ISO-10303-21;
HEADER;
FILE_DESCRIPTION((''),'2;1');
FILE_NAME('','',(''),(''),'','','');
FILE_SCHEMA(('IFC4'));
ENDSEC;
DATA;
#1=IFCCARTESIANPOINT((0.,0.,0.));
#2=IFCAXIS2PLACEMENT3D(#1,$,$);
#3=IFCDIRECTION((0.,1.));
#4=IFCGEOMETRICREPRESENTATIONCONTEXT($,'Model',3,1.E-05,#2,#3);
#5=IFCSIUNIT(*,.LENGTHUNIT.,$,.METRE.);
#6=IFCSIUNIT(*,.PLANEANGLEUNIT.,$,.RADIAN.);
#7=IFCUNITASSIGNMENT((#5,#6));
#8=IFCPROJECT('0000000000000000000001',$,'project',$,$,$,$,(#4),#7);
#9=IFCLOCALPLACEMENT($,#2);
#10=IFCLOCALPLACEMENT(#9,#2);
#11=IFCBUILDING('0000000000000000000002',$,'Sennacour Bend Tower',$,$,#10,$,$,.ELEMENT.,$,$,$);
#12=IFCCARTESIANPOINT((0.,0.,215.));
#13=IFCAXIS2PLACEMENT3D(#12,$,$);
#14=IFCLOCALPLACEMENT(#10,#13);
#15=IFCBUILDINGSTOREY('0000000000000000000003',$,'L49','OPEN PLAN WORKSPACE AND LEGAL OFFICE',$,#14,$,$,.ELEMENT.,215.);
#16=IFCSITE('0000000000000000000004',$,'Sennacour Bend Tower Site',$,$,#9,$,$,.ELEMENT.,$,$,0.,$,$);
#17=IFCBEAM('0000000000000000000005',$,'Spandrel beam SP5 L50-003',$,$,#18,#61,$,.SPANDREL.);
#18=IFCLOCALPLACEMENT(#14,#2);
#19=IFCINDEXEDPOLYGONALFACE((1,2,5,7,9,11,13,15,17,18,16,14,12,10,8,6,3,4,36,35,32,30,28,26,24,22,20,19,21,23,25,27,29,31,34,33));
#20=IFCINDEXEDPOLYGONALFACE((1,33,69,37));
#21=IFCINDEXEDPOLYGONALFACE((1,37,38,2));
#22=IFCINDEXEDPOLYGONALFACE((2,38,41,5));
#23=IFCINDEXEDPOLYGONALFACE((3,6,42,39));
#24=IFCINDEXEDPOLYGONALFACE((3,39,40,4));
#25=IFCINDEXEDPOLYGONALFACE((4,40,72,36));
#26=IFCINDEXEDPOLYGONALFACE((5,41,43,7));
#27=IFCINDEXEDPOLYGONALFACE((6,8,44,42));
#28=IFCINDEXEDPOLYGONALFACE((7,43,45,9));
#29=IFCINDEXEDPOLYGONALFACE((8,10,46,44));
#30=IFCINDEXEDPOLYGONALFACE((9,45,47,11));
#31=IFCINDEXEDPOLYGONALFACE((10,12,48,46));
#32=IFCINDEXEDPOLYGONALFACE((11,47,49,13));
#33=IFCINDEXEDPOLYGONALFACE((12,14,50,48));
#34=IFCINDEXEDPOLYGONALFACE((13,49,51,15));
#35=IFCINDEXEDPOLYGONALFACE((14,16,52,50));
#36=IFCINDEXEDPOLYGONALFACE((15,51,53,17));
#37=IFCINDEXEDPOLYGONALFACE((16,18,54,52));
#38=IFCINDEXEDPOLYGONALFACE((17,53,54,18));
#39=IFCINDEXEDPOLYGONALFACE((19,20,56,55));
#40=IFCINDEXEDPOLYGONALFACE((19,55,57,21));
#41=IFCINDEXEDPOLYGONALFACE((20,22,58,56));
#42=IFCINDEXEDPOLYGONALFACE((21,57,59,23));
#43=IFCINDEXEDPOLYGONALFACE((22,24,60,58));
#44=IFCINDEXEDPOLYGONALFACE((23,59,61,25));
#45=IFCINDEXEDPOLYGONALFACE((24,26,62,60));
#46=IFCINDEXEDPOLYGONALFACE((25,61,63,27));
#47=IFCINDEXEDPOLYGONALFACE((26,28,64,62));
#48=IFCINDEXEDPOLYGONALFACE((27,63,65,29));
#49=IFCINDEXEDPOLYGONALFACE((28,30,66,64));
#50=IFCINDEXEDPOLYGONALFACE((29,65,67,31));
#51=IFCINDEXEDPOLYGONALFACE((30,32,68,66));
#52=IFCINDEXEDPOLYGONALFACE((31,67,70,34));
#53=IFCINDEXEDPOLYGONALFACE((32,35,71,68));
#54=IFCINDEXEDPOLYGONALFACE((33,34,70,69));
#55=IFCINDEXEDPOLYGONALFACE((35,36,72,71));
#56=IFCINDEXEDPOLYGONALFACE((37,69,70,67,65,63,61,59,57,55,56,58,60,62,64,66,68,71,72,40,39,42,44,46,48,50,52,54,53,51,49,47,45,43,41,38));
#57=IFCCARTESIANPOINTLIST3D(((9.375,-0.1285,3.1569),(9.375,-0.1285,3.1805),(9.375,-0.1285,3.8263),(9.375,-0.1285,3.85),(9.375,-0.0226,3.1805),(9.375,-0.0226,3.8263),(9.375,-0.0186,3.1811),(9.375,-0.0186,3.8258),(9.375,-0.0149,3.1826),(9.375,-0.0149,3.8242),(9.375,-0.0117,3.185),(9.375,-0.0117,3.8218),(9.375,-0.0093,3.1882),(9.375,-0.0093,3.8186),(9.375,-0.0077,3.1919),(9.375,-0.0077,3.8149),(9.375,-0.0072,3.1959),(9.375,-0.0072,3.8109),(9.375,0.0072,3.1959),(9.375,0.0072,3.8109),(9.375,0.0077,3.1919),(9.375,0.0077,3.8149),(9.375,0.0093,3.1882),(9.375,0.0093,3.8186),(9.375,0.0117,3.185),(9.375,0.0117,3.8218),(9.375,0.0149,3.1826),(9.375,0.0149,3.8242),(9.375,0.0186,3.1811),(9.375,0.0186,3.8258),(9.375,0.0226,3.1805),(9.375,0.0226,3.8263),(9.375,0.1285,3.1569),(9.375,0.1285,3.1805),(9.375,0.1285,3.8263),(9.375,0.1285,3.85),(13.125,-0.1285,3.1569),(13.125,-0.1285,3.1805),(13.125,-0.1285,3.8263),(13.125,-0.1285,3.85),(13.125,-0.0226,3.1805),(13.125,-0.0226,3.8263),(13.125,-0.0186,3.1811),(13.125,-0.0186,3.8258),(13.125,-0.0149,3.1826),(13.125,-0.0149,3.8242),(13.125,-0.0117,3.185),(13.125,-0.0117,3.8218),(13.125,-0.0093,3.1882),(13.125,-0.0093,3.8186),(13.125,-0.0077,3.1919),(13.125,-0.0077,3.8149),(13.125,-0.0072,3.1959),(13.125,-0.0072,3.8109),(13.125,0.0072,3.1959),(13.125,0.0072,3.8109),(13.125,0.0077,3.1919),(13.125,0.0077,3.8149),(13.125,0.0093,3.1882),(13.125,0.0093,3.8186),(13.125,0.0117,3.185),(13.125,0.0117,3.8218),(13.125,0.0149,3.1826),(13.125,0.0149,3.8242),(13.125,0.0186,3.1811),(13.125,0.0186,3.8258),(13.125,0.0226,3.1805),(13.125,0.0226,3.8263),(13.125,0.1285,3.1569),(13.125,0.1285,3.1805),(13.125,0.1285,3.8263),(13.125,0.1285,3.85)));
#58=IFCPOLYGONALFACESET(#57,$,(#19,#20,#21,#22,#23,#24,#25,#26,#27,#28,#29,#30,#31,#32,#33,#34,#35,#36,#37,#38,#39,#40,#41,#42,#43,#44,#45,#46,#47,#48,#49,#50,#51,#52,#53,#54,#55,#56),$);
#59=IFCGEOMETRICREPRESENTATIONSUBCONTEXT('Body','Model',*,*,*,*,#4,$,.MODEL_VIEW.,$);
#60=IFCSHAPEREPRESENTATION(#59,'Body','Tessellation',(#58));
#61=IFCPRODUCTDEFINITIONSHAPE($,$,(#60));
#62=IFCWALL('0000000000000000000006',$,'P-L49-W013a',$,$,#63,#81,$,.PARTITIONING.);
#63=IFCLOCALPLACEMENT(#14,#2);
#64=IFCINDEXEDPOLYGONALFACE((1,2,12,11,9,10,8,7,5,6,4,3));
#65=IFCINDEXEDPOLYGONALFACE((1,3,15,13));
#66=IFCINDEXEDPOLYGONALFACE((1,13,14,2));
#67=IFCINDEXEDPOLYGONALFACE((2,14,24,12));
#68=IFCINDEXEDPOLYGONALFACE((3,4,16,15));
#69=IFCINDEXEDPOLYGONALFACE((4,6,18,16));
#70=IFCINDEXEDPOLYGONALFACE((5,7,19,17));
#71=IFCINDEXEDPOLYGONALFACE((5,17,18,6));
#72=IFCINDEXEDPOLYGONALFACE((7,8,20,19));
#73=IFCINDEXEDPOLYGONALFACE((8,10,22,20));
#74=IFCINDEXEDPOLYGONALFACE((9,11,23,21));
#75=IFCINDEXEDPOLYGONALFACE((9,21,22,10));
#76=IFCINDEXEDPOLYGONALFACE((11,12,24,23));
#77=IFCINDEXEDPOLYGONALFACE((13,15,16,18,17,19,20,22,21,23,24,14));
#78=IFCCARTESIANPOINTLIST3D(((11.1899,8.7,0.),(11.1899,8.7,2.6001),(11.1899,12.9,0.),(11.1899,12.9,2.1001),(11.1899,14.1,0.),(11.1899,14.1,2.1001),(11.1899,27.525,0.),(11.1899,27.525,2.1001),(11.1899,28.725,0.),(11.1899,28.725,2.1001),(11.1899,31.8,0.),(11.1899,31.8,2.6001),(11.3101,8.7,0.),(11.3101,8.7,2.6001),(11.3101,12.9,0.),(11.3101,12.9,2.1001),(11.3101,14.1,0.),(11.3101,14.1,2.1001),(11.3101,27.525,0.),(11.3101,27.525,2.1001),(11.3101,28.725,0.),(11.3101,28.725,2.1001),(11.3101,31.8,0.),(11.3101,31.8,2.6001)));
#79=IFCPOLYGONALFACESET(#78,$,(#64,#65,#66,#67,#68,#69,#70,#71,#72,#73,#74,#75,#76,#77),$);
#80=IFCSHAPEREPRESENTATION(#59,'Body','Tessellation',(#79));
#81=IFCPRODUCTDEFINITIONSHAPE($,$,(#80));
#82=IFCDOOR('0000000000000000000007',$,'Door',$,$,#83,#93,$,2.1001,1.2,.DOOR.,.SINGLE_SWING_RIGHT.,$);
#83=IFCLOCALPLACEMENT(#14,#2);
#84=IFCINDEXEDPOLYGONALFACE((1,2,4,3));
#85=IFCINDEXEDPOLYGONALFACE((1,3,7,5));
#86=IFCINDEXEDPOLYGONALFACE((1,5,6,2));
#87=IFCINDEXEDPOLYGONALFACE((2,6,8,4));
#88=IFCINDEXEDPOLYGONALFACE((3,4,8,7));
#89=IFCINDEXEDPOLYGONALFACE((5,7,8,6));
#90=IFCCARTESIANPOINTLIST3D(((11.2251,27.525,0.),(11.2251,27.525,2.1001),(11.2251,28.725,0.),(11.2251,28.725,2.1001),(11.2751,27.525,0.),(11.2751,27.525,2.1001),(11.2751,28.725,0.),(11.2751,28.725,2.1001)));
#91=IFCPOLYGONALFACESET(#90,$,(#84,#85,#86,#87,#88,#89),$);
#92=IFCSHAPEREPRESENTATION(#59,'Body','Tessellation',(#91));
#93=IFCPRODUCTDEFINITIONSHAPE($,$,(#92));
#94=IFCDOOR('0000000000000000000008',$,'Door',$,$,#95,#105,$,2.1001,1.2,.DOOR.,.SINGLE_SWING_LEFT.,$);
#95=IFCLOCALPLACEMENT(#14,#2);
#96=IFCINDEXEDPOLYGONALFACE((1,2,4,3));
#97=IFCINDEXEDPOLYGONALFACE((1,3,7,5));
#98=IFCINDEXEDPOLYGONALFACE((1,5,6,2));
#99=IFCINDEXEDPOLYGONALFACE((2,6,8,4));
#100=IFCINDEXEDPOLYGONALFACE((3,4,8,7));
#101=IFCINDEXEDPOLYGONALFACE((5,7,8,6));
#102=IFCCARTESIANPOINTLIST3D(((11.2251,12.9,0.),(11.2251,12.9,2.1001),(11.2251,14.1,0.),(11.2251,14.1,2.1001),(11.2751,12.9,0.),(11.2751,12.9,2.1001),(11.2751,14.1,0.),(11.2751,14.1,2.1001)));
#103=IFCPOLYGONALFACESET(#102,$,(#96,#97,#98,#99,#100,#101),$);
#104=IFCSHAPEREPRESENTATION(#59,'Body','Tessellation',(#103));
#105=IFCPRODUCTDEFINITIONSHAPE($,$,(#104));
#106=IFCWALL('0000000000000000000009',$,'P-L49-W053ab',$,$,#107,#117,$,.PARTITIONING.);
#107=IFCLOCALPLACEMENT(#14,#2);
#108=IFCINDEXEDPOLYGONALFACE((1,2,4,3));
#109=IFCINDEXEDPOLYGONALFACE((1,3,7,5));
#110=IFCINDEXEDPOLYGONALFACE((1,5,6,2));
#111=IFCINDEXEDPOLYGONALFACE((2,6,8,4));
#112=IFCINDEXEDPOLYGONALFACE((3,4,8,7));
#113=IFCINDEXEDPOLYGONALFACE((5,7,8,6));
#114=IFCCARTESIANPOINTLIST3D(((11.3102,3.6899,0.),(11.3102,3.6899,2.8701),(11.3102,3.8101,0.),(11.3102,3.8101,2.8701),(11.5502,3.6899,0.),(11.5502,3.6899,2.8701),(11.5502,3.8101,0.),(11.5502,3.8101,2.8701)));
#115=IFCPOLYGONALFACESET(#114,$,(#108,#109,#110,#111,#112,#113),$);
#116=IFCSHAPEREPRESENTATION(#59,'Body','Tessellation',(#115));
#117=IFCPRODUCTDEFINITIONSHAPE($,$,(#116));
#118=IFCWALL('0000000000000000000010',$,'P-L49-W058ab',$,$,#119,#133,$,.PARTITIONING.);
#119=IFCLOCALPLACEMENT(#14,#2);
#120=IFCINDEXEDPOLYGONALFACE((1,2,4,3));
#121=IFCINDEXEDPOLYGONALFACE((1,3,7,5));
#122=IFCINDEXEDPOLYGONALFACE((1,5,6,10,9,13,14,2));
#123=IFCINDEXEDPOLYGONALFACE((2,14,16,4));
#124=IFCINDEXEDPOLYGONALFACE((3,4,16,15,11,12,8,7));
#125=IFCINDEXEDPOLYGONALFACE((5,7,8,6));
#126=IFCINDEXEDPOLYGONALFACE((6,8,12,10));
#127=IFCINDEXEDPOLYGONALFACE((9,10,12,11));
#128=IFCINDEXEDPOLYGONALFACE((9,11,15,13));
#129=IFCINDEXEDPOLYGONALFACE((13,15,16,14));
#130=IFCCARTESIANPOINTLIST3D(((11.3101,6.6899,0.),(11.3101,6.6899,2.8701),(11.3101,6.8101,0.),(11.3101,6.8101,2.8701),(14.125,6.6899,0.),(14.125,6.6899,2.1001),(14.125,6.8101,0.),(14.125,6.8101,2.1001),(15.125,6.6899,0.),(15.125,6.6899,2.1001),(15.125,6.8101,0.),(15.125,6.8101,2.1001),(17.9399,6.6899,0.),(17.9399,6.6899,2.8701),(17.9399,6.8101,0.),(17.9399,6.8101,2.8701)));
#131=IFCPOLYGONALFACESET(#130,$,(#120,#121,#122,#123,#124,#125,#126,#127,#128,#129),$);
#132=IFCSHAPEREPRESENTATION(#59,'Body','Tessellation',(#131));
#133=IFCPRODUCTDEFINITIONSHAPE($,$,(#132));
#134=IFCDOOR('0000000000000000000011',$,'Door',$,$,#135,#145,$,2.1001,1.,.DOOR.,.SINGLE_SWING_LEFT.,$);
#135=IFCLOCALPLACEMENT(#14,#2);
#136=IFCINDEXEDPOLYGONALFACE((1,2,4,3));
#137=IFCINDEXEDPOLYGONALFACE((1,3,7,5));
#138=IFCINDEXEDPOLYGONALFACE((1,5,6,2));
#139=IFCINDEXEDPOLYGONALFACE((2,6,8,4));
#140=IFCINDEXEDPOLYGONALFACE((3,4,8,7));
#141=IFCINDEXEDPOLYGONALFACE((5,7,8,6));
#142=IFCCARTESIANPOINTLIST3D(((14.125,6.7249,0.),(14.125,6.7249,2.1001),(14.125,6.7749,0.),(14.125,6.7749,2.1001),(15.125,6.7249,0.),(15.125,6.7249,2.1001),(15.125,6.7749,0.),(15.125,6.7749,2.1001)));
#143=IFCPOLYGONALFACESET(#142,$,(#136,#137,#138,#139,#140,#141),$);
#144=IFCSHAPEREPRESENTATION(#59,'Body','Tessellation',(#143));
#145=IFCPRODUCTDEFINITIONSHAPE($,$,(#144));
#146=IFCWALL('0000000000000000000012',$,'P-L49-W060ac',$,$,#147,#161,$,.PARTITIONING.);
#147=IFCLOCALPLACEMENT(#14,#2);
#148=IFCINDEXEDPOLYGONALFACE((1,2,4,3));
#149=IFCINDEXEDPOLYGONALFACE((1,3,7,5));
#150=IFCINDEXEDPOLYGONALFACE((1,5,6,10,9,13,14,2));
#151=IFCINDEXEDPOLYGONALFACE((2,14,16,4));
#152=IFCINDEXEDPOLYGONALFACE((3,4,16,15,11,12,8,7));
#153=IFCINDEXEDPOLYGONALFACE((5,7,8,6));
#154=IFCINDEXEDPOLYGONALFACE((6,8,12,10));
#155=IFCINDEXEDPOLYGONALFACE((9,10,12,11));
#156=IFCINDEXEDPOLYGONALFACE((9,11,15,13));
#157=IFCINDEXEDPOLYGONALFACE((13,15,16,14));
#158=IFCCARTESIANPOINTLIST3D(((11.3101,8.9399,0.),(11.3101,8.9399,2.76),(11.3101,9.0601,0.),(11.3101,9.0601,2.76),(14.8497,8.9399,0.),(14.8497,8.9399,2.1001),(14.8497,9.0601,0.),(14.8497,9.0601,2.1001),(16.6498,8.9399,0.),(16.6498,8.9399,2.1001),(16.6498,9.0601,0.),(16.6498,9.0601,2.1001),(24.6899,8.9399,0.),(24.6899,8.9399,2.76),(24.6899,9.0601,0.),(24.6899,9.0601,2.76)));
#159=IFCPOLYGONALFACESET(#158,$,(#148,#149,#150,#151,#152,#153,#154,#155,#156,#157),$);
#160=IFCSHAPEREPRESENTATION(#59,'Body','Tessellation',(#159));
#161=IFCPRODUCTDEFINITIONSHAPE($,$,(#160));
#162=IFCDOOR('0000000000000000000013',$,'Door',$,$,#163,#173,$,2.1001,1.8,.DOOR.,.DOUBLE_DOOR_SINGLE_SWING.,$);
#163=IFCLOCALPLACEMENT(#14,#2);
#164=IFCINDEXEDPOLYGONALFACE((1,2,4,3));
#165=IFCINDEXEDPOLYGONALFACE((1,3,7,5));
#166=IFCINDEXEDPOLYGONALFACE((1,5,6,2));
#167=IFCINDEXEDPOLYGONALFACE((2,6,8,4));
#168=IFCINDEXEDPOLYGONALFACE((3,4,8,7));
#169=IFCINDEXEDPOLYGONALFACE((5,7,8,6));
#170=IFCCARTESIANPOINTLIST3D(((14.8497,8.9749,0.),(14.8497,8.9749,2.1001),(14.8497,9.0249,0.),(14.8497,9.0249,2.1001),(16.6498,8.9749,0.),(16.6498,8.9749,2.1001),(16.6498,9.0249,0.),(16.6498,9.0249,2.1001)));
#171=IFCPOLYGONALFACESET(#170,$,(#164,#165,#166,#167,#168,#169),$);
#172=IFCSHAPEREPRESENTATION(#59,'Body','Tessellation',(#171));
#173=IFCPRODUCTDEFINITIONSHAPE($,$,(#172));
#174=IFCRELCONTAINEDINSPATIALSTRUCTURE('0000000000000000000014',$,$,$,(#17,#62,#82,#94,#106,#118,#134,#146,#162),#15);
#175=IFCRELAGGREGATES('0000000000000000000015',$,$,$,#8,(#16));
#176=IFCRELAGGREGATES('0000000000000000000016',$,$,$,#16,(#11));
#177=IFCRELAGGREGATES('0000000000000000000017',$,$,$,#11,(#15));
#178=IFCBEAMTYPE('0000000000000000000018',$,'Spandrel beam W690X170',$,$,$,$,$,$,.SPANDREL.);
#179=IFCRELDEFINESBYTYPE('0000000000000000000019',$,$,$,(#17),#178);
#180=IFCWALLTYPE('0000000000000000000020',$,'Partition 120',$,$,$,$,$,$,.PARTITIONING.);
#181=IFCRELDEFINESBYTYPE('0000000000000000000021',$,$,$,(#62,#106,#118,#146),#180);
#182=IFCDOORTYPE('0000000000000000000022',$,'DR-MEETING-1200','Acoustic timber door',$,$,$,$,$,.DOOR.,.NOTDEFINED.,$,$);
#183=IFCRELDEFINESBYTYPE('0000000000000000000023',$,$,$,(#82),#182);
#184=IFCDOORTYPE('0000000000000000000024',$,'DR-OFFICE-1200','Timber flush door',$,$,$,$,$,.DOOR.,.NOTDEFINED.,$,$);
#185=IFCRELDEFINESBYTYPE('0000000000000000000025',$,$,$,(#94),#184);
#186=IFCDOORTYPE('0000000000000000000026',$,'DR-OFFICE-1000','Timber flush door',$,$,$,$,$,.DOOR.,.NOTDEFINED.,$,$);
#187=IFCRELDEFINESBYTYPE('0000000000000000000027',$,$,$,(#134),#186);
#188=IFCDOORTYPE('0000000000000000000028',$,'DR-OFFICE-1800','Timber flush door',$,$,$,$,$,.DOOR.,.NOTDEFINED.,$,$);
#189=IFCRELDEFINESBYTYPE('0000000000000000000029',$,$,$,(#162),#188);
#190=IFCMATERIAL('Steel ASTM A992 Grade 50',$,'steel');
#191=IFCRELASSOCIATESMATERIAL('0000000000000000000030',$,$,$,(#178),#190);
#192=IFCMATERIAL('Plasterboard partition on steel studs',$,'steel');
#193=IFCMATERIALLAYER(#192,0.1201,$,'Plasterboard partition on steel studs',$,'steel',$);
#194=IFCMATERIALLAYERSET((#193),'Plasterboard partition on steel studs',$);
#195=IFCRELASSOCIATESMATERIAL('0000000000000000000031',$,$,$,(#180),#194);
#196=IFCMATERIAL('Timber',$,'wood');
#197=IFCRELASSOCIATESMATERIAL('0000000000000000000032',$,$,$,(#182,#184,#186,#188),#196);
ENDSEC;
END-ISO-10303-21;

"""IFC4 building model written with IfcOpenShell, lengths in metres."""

from ifc_helpers import new_model, si_unit, direction, frame, frame_2d, origin, origin_2d, place, context, subcontext, project, spatial, rectangle, i_section, extrude, material, layer, layer_set, material_profile, profile_set, type_object, element, fill, save


model = new_model("IFC4")

# Units and contexts
model_context = context("Model", 3, precision=1e-05, world=origin(), true_north=direction((0.0, 1.0)))
body_context = subcontext(model_context, "Body", "Model", "MODEL_VIEW")
ifc_project = project(units=[si_unit("LENGTHUNIT", "METRE"), si_unit("PLANEANGLEUNIT", "RADIAN")], contexts=[model_context])

# Site, building, storey
site_placement = place(None, origin())
site = spatial("IfcSite", under=ifc_project, at=site_placement, Name="Sennacour Bend Tower Site", CompositionType="ELEMENT", RefElevation=0.0)
building_placement = place(site_placement, origin())
building = spatial("IfcBuilding", under=site, at=building_placement, Name="Sennacour Bend Tower", CompositionType="ELEMENT")
storey_placement = place(building_placement, frame((0.0, 0.0, 215.0)))
storey = spatial("IfcBuildingStorey", under=building, at=storey_placement, Name="L49", Description="OPEN PLAN WORKSPACE AND LEGAL OFFICE", CompositionType="ELEMENT", Elevation=215.0)

# Beam
ifc_material_1 = material(Name="Steel ASTM A992 Grade 50", Category="steel")
ifc_material_profile_1 = material_profile(ifc_material_1, i_section(OverallWidth=0.2571, OverallDepth=0.6931, WebThickness=0.0144, FlangeThickness=0.0237, FilletRadius=0.0154, at=origin_2d()), Name="Steel ASTM A992 Grade 50", Category="steel")
ifc_profile_set_1 = profile_set([ifc_material_profile_1], Name="Steel ASTM A992 Grade 50")
beam_type_1 = type_object("IfcBeamType", Name="Spandrel beam W690X170", PredefinedType="SPANDREL", material=ifc_profile_set_1)
for number, where, z_axis, x_axis, name in (
    (1, (13.125, 0.0, 3.5034), (-1.0, 0.0, 0.0), (0.0, -1.0, 0.0), "Spandrel beam SP5 L50-003"),
):
    element("IfcBeam", number, at=place(storey_placement, frame(where, z_axis=z_axis, x_axis=x_axis)), inside=storey, type_object=beam_type_1, Name=name, PredefinedType="SPANDREL", context=body_context, shape_type="SweptSolid", body=[
        extrude(i_section(OverallWidth=0.2571, OverallDepth=0.6931, WebThickness=0.0144, FlangeThickness=0.0237, FilletRadius=0.0154, at=origin_2d()), origin(), (0.0, 0.0, 1.0), 3.75),
    ])

# Wall, openings, doors
ifc_material_2 = material(Name="Plasterboard partition on steel studs", Category="steel")
ifc_layer_1 = layer(ifc_material_2, 0.1201, Name="Plasterboard partition on steel studs", Category="steel")
ifc_layer_set_1 = layer_set([ifc_layer_1], Name="Plasterboard partition on steel studs")
wall_type_1 = type_object("IfcWallType", Name="Partition 120", PredefinedType="PARTITIONING", material=ifc_layer_set_1)
wall_1_placement = place(storey_placement, frame((11.25, 8.7, 0.0), z_axis=(0.0, 0.0, 1.0), x_axis=(0.0, 1.0, 0.0)))
wall_1 = element("IfcWall", 2, at=wall_1_placement, inside=storey, type_object=wall_type_1, Name="P-L49-W013a", PredefinedType="PARTITIONING", context=body_context, shape_type="SweptSolid", body=[
    extrude(rectangle(XDim=23.1001, YDim=0.1201, at=frame_2d((11.55, 0.0))), origin(), (0.0, 0.0, 1.0), 2.6001),
])
opening_1_placement = place(wall_1_placement, frame((18.825, 0.0, 0.0)))
opening_1 = element("IfcOpeningElement", 3, at=opening_1_placement, cuts=wall_1, PredefinedType="OPENING", context=body_context, shape_type="SweptSolid", body=[
    extrude(rectangle(XDim=1.2, YDim=2.1001, at=frame_2d((0.6001, 1.05))), frame((0.0, 0.0701, 0.0), z_axis=(0.0, -1.0, 0.0), x_axis=(1.0, 0.0, 0.0)), (0.0, 0.0, 1.0), 0.1401),
])
opening_2_placement = place(wall_1_placement, frame((4.2, 0.0, 0.0)))
opening_2 = element("IfcOpeningElement", 4, at=opening_2_placement, cuts=wall_1, PredefinedType="OPENING", context=body_context, shape_type="SweptSolid", body=[
    extrude(rectangle(XDim=1.2, YDim=2.1001, at=frame_2d((0.6001, 1.05))), frame((0.0, 0.0701, 0.0), z_axis=(0.0, -1.0, 0.0), x_axis=(1.0, 0.0, 0.0)), (0.0, 0.0, 1.0), 0.1401),
])
ifc_material_3 = material(Name="Timber", Category="wood")
door_type_1 = type_object("IfcDoorType", Name="DR-MEETING-1200", Description="Acoustic timber door", OperationType="NOTDEFINED", PredefinedType="DOOR", material=ifc_material_3)
door_1_placement = place(opening_1_placement, origin())
door_1 = element("IfcDoor", 5, at=door_1_placement, inside=storey, type_object=door_type_1, Name="Door", OperationType="SINGLE_SWING_RIGHT", OverallHeight=2.1001, OverallWidth=1.2, PredefinedType="DOOR", context=body_context, shape_type="SweptSolid", body=[
    extrude(rectangle(XDim=1.2, YDim=2.1001, at=frame_2d((0.6001, 1.05))), frame((0.0, 0.0249, 0.0), z_axis=(0.0, -1.0, 0.0), x_axis=(1.0, 0.0, 0.0)), (0.0, 0.0, 1.0), 0.05),
])
fill(opening_1, door_1)
door_type_2 = type_object("IfcDoorType", Name="DR-OFFICE-1200", Description="Timber flush door", OperationType="NOTDEFINED", PredefinedType="DOOR", material=ifc_material_3)
door_2_placement = place(opening_2_placement, origin())
door_2 = element("IfcDoor", 6, at=door_2_placement, inside=storey, type_object=door_type_2, Name="Door", OperationType="SINGLE_SWING_LEFT", OverallHeight=2.1001, OverallWidth=1.2, PredefinedType="DOOR", context=body_context, shape_type="SweptSolid", body=[
    extrude(rectangle(XDim=1.2, YDim=2.1001, at=frame_2d((0.6001, 1.05))), frame((0.0, 0.0249, 0.0), z_axis=(0.0, -1.0, 0.0), x_axis=(1.0, 0.0, 0.0)), (0.0, 0.0, 1.0), 0.05),
])
fill(opening_2, door_2)

# Wall
wall_2_placement = place(storey_placement, frame((11.3101, 3.75, 0.0), z_axis=(0.0, 0.0, 1.0), x_axis=(1.0, 0.0, 0.0)))
element("IfcWall", 7, at=wall_2_placement, inside=storey, type_object=wall_type_1, Name="P-L49-W053ab", PredefinedType="PARTITIONING", context=body_context, shape_type="SweptSolid", body=[
    extrude(rectangle(XDim=0.24, YDim=0.1201, at=frame_2d((0.1201, 0.0))), origin(), (0.0, 0.0, 1.0), 2.8701),
])

# Walls, openings, doors
wall_3_placement = place(storey_placement, frame((11.3101, 6.75, 0.0), z_axis=(0.0, 0.0, 1.0), x_axis=(1.0, 0.0, 0.0)))
wall_3 = element("IfcWall", 8, at=wall_3_placement, inside=storey, type_object=wall_type_1, Name="P-L49-W058ab", PredefinedType="PARTITIONING", context=body_context, shape_type="SweptSolid", body=[
    extrude(rectangle(XDim=6.6299, YDim=0.1201, at=frame_2d((3.3149, 0.0))), origin(), (0.0, 0.0, 1.0), 2.8701),
])
opening_3_placement = place(wall_3_placement, frame((2.8149, 0.0, 0.0)))
opening_3 = element("IfcOpeningElement", 9, at=opening_3_placement, cuts=wall_3, PredefinedType="OPENING", context=body_context, shape_type="SweptSolid", body=[
    extrude(rectangle(XDim=1.0, YDim=2.1001, at=frame_2d((0.5, 1.05))), frame((0.0, 0.0701, 0.0), z_axis=(0.0, -1.0, 0.0), x_axis=(1.0, 0.0, 0.0)), (0.0, 0.0, 1.0), 0.1401),
])
door_type_3 = type_object("IfcDoorType", Name="DR-OFFICE-1000", Description="Timber flush door", OperationType="NOTDEFINED", PredefinedType="DOOR", material=ifc_material_3)
door_3_placement = place(opening_3_placement, origin())
door_3 = element("IfcDoor", 10, at=door_3_placement, inside=storey, type_object=door_type_3, Name="Door", OperationType="SINGLE_SWING_LEFT", OverallHeight=2.1001, OverallWidth=1.0, PredefinedType="DOOR", context=body_context, shape_type="SweptSolid", body=[
    extrude(rectangle(XDim=1.0, YDim=2.1001, at=frame_2d((0.5, 1.05))), frame((0.0, 0.0249, 0.0), z_axis=(0.0, -1.0, 0.0), x_axis=(1.0, 0.0, 0.0)), (0.0, 0.0, 1.0), 0.05),
])
fill(opening_3, door_3)
wall_4_placement = place(storey_placement, frame((11.3101, 9.0, 0.0), z_axis=(0.0, 0.0, 1.0), x_axis=(1.0, 0.0, 0.0)))
wall_4 = element("IfcWall", 11, at=wall_4_placement, inside=storey, type_object=wall_type_1, Name="P-L49-W060ac", PredefinedType="PARTITIONING", context=body_context, shape_type="SweptSolid", body=[
    extrude(rectangle(XDim=13.3799, YDim=0.1201, at=frame_2d((6.6899, 0.0))), origin(), (0.0, 0.0, 1.0), 2.76),
])
opening_4_placement = place(wall_4_placement, frame((3.5398, 0.0, 0.0)))
opening_4 = element("IfcOpeningElement", 12, at=opening_4_placement, cuts=wall_4, PredefinedType="OPENING", context=body_context, shape_type="SweptSolid", body=[
    extrude(rectangle(XDim=1.8, YDim=2.1001, at=frame_2d((0.8999, 1.05))), frame((0.0, 0.0701, 0.0), z_axis=(0.0, -1.0, 0.0), x_axis=(1.0, 0.0, 0.0)), (0.0, 0.0, 1.0), 0.1401),
])
door_type_4 = type_object("IfcDoorType", Name="DR-OFFICE-1800", Description="Timber flush door", OperationType="NOTDEFINED", PredefinedType="DOOR", material=ifc_material_3)
door_4_placement = place(opening_4_placement, origin())
door_4 = element("IfcDoor", 13, at=door_4_placement, inside=storey, type_object=door_type_4, Name="Door", OperationType="DOUBLE_DOOR_SINGLE_SWING", OverallHeight=2.1001, OverallWidth=1.8, PredefinedType="DOOR", context=body_context, shape_type="SweptSolid", body=[
    extrude(rectangle(XDim=1.8, YDim=2.1001, at=frame_2d((0.8999, 1.05))), frame((0.0, 0.0249, 0.0), z_axis=(0.0, -1.0, 0.0), x_axis=(1.0, 0.0, 0.0)), (0.0, 0.0, 1.0), 0.05),
])
fill(opening_4, door_4)

save(model, "model.ifc")
